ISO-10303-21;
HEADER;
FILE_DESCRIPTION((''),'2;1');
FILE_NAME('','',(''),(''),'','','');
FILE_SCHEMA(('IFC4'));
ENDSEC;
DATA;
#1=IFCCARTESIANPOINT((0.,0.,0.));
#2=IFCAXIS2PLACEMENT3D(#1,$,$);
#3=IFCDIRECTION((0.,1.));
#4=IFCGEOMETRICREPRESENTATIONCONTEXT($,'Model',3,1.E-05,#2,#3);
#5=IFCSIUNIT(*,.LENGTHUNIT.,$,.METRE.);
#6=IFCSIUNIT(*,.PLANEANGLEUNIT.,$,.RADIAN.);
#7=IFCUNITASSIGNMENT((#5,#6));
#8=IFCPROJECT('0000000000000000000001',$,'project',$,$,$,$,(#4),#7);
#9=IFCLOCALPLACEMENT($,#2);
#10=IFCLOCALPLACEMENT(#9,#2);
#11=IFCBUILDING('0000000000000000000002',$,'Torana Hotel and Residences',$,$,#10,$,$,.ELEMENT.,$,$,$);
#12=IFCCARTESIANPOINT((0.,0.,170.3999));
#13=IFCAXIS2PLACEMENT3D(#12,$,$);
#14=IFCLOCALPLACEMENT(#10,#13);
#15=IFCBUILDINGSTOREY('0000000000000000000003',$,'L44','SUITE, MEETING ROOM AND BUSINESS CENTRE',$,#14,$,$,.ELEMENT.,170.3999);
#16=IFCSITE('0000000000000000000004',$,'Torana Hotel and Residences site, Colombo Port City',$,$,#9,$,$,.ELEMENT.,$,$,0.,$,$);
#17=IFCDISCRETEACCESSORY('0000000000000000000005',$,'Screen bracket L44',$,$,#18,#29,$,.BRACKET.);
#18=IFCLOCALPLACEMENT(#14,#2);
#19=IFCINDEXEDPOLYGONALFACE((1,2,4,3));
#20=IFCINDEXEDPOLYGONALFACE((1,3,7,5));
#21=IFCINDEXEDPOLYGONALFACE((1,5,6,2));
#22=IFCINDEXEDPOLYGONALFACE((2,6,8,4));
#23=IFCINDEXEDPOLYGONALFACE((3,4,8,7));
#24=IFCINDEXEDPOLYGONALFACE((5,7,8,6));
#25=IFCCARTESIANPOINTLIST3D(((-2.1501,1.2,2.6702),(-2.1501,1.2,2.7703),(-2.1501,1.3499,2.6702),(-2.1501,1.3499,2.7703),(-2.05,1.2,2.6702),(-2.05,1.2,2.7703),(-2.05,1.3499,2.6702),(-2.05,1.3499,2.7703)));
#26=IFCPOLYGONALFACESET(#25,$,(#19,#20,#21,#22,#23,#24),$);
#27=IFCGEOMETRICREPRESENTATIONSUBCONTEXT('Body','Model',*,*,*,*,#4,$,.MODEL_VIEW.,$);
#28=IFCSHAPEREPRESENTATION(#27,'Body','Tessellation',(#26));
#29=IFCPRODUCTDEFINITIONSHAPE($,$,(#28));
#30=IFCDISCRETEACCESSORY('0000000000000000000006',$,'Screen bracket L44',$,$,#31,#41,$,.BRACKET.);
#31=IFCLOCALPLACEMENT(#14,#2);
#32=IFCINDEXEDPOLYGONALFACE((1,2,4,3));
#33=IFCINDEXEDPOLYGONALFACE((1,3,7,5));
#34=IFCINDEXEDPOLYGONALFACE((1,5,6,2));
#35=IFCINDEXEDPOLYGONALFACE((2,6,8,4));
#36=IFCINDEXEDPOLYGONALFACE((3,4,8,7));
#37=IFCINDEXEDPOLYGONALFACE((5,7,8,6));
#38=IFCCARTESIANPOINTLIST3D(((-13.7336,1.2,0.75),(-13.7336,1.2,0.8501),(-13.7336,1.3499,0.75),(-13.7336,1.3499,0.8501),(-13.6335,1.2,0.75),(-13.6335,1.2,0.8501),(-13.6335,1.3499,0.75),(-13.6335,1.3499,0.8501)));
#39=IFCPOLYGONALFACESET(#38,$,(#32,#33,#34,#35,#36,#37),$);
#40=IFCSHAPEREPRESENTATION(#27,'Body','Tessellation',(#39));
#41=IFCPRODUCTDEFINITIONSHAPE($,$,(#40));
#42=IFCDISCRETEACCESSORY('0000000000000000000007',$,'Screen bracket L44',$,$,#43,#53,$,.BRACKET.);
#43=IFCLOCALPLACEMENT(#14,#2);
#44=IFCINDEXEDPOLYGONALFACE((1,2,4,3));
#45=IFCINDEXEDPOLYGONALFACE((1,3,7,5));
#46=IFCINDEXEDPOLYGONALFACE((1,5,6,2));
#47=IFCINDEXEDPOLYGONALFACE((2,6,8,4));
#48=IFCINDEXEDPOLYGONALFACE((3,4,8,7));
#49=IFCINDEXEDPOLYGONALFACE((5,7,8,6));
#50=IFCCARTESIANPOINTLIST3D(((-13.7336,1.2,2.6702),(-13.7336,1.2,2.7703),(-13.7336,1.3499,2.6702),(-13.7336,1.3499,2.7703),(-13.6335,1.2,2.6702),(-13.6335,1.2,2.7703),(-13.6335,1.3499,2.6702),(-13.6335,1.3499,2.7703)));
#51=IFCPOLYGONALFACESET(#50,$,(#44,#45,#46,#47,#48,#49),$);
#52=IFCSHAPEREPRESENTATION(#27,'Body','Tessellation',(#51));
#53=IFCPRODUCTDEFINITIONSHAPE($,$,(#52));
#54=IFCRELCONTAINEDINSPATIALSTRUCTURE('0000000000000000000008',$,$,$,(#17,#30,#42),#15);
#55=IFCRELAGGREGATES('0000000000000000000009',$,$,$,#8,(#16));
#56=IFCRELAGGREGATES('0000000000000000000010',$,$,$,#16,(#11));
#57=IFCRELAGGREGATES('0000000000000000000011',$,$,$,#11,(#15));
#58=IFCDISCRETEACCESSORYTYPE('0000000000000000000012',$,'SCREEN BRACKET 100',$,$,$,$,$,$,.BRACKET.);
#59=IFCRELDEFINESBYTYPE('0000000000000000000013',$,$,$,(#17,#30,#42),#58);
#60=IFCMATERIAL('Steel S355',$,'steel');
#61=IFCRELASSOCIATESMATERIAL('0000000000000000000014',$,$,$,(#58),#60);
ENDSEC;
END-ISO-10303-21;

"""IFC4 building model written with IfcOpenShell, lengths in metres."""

from ifc_helpers import new_model, si_unit, direction, frame, origin, origin_2d, place, context, subcontext, project, spatial, rectangle, extrude, material, type_object, element, save


model = new_model("IFC4")

# Units and contexts
model_context = context("Model", 3, precision=1e-05, world=origin(), true_north=direction((0.0, 1.0)))
body_context = subcontext(model_context, "Body", "Model", "MODEL_VIEW")
ifc_project = project(units=[si_unit("LENGTHUNIT", "METRE"), si_unit("PLANEANGLEUNIT", "RADIAN")], contexts=[model_context])

# Site, building, storey
site_placement = place(None, origin())
site = spatial("IfcSite", under=ifc_project, at=site_placement, Name="Torana Hotel and Residences site, Colombo Port City", CompositionType="ELEMENT", RefElevation=0.0)
building_placement = place(site_placement, origin())
building = spatial("IfcBuilding", under=site, at=building_placement, Name="Torana Hotel and Residences", CompositionType="ELEMENT")
storey_placement = place(building_placement, frame((0.0, 0.0, 170.3999)))
storey = spatial("IfcBuildingStorey", under=building, at=storey_placement, Name="L44", Description="SUITE, MEETING ROOM AND BUSINESS CENTRE", CompositionType="ELEMENT", Elevation=170.3999)

# Discrete accessories
ifc_material_1 = material(Name="Steel S355", Category="steel")
discrete_accessory_type = type_object("IfcDiscreteAccessoryType", Name="SCREEN BRACKET 100", PredefinedType="BRACKET", material=ifc_material_1)
for number, where, z_axis, x_axis, name in (
    (1, (-2.1001, 1.2749, 2.6702), (0.0, 0.0, 1.0), (-1.0, 0.0, 0.0), "Screen bracket L44"),
    (2, (-13.6836, 1.2749, 0.75), (0.0, 0.0, 1.0), (-1.0, 0.0, 0.0), "Screen bracket L44"),
    (3, (-13.6836, 1.2749, 2.6702), (0.0, 0.0, 1.0), (-1.0, 0.0, 0.0), "Screen bracket L44"),
):
    element("IfcDiscreteAccessory", number, at=place(storey_placement, frame(where, z_axis=z_axis, x_axis=x_axis)), inside=storey, type_object=discrete_accessory_type, Name=name, PredefinedType="BRACKET", context=body_context, shape_type="SweptSolid", body=[
        extrude(rectangle(XDim=0.1001, YDim=0.1499, at=origin_2d()), origin(), (0.0, 0.0, 1.0), 0.1001),
    ])

save(model, "model.ifc")
